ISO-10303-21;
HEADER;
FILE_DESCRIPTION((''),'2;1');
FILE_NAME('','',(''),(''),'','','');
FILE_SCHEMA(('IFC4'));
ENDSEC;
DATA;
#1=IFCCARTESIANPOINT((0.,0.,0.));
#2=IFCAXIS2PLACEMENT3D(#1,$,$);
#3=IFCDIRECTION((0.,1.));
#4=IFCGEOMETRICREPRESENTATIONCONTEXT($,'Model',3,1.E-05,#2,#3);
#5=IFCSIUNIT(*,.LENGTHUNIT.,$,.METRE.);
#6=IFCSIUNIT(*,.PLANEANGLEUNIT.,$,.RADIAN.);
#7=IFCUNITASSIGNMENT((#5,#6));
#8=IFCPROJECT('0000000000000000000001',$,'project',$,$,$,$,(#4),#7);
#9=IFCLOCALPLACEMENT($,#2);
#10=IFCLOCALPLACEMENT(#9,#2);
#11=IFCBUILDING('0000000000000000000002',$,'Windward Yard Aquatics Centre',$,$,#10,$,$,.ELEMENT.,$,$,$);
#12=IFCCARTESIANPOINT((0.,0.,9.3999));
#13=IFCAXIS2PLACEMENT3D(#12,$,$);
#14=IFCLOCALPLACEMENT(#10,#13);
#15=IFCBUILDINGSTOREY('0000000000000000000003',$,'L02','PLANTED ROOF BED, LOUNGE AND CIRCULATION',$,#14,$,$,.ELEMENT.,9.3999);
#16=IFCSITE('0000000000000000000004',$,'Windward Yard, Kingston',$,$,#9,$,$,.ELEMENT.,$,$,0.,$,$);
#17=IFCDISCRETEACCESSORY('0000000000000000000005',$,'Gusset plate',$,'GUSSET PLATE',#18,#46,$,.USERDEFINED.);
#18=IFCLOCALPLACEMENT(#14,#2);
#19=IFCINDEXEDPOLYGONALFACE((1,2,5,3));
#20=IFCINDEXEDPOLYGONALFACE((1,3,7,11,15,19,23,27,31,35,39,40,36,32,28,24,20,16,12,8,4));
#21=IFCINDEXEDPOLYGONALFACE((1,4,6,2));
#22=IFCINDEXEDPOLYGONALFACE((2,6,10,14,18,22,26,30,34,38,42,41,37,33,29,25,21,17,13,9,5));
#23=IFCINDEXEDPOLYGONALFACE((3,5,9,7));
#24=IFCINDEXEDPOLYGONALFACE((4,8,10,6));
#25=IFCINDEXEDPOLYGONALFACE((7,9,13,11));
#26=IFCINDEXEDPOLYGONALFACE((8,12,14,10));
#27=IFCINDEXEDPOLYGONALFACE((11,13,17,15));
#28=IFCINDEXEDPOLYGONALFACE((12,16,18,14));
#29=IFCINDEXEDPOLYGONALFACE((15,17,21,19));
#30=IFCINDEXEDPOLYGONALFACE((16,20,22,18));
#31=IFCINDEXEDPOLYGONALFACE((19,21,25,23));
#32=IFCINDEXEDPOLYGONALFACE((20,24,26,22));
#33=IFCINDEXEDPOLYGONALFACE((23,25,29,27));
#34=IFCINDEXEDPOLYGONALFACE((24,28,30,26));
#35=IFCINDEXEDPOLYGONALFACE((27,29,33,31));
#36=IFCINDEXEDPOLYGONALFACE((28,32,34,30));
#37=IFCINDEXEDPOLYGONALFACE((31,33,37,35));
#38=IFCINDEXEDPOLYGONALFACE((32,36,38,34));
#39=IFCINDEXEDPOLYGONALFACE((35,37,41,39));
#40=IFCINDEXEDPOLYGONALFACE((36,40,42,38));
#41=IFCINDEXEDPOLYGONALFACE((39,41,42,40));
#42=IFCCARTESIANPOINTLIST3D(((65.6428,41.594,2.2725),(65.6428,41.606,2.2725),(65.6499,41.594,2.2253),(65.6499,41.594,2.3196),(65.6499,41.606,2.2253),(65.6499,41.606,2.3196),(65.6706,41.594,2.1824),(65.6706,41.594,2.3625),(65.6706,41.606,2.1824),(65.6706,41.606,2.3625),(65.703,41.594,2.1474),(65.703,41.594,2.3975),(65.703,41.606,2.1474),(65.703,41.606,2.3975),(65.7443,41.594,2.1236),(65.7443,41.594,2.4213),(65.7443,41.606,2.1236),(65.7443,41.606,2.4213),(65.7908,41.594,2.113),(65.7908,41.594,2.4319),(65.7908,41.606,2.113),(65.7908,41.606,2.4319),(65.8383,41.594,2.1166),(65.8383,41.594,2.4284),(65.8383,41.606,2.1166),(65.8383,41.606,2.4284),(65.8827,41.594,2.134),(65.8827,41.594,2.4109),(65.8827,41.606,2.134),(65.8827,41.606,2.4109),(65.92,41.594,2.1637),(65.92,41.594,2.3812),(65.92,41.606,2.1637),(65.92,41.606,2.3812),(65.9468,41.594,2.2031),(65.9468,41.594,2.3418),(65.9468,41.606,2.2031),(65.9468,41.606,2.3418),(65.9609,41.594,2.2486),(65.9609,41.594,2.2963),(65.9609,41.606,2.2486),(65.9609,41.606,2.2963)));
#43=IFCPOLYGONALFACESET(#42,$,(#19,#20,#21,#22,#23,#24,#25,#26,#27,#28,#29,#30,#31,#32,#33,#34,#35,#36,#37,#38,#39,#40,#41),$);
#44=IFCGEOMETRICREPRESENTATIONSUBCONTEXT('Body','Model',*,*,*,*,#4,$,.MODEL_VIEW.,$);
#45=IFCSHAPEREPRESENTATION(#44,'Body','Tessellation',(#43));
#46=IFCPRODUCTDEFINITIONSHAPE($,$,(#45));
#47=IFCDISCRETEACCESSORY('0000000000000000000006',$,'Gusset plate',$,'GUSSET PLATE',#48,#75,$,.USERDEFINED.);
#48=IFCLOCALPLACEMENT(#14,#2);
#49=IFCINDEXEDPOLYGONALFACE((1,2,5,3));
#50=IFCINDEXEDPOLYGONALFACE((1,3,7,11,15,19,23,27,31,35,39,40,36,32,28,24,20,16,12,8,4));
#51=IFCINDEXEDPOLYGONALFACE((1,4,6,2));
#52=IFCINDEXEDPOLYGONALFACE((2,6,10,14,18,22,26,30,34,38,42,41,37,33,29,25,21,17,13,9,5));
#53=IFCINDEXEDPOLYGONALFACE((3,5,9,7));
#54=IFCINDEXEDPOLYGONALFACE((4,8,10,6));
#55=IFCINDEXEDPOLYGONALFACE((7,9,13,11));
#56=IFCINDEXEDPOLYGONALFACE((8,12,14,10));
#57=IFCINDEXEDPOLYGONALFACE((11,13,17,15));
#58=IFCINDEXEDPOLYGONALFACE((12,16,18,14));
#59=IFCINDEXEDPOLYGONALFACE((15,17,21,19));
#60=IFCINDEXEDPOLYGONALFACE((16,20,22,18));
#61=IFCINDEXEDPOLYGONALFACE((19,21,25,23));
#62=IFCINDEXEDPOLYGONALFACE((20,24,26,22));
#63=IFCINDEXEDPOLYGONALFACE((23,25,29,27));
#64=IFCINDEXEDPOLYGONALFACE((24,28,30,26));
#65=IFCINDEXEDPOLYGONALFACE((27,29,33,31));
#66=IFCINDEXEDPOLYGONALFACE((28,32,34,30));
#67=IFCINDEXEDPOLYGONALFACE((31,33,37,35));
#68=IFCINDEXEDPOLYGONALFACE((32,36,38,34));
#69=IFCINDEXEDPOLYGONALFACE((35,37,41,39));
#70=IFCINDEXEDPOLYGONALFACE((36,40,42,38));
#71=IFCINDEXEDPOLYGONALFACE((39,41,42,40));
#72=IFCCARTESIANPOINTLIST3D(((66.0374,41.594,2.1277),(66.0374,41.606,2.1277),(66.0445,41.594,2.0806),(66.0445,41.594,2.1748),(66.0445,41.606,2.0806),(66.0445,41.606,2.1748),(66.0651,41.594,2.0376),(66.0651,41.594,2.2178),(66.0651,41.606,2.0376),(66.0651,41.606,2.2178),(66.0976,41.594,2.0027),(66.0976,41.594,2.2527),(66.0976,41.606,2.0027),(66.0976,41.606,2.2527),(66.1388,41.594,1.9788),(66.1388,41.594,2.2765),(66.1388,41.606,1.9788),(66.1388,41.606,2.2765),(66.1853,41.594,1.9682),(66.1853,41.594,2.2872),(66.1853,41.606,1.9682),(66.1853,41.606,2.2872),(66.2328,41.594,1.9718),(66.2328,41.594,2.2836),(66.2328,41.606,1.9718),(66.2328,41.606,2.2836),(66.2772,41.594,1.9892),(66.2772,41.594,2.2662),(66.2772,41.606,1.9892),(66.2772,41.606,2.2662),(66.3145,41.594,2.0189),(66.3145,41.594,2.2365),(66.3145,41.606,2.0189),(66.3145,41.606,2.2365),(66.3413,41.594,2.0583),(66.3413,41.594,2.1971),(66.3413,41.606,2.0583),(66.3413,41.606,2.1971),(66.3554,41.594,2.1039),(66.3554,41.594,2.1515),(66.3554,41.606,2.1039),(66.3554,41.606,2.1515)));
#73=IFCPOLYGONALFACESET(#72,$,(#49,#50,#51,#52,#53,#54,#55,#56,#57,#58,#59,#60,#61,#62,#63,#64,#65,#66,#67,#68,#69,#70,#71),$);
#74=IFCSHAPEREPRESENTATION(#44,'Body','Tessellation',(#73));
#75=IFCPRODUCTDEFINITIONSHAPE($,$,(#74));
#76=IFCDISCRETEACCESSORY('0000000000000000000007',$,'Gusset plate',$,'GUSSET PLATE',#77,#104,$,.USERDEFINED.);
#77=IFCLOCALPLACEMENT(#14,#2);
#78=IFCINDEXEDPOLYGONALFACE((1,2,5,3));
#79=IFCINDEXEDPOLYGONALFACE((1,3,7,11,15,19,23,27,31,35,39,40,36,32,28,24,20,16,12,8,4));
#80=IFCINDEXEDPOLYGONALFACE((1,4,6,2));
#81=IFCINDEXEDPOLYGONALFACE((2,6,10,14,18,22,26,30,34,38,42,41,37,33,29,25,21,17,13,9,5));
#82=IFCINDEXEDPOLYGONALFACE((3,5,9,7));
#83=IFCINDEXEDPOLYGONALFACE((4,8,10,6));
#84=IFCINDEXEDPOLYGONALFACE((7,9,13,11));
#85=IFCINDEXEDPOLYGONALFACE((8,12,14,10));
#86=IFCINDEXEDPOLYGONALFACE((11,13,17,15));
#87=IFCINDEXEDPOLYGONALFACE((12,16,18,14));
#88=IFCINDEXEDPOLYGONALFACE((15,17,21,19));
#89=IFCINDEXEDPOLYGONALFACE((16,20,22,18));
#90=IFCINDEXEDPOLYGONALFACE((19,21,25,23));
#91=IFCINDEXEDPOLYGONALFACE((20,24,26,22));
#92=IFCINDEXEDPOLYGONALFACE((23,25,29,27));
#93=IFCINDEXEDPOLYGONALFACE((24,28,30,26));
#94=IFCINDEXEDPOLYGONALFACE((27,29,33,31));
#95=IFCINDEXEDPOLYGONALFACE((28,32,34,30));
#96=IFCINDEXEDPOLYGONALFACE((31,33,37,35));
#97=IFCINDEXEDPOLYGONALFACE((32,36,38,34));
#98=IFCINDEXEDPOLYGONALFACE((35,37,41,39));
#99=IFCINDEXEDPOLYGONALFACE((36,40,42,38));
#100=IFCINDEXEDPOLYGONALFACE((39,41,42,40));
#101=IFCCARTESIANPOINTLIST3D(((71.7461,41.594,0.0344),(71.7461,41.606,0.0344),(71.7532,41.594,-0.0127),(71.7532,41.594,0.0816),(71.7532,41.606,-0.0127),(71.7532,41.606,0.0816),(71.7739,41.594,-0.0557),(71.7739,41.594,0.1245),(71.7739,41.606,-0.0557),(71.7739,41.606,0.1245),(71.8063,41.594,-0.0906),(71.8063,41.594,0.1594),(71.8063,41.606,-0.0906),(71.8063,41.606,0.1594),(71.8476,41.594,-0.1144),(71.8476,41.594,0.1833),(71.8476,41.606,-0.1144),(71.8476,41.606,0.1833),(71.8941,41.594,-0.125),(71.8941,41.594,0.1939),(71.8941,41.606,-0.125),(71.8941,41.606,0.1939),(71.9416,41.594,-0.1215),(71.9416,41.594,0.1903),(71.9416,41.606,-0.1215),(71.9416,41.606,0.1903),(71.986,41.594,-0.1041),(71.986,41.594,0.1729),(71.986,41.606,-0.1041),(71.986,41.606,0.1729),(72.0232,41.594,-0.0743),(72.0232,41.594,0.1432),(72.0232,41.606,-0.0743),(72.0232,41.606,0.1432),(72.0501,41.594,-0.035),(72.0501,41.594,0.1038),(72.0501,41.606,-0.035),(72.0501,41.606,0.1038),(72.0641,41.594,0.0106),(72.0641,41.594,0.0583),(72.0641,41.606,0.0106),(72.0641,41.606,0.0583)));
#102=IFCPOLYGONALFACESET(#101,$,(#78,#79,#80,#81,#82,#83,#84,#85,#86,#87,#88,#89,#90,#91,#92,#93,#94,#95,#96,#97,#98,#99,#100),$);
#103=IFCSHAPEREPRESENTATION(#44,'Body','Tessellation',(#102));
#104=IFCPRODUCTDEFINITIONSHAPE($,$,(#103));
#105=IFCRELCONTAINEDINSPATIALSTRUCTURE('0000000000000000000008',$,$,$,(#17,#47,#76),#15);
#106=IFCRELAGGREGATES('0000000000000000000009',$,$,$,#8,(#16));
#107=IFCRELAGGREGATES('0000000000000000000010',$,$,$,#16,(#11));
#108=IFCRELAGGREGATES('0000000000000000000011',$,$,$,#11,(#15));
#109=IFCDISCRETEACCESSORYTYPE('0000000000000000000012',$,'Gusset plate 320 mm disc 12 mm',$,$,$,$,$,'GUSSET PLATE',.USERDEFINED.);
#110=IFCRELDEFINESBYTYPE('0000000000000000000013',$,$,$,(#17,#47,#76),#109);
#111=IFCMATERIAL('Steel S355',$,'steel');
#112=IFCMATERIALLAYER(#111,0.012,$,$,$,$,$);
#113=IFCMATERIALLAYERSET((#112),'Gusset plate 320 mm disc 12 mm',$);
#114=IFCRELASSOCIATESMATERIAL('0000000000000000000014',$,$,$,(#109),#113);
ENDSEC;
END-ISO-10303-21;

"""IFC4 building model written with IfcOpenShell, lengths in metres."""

from ifc_helpers import new_model, si_unit, direction, frame, origin, origin_2d, place, context, subcontext, project, spatial, circle, extrude, material, layer, layer_set, type_object, element, save


model = new_model("IFC4")

# Units and contexts
model_context = context("Model", 3, precision=1e-05, world=origin(), true_north=direction((0.0, 1.0)))
body_context = subcontext(model_context, "Body", "Model", "MODEL_VIEW")
ifc_project = project(units=[si_unit("LENGTHUNIT", "METRE"), si_unit("PLANEANGLEUNIT", "RADIAN")], contexts=[model_context])

# Site, building, storey
site_placement = place(None, origin())
site = spatial("IfcSite", under=ifc_project, at=site_placement, Name="Windward Yard, Kingston", CompositionType="ELEMENT", RefElevation=0.0)
building_placement = place(site_placement, origin())
building = spatial("IfcBuilding", under=site, at=building_placement, Name="Windward Yard Aquatics Centre", CompositionType="ELEMENT")
storey_placement = place(building_placement, frame((0.0, 0.0, 9.3999)))
storey = spatial("IfcBuildingStorey", under=building, at=storey_placement, Name="L02", Description="PLANTED ROOF BED, LOUNGE AND CIRCULATION", CompositionType="ELEMENT", Elevation=9.3999)

# Discrete accessories
ifc_material_1 = material(Name="Steel S355", Category="steel")
ifc_layer_1 = layer(ifc_material_1, 0.012)
ifc_layer_set_1 = layer_set([ifc_layer_1], Name="Gusset plate 320 mm disc 12 mm")
discrete_accessory_type = type_object("IfcDiscreteAccessoryType", Name="Gusset plate 320 mm disc 12 mm", ElementType="GUSSET PLATE", PredefinedType="USERDEFINED", material=ifc_layer_set_1)
for number, where, z_axis, x_axis, name in (
    (1, (65.8027, 41.594, 2.2725), (0.0, 1.0, 0.0), (-1.0, 0.0, 0.0), "Gusset plate"),
    (2, (66.1973, 41.594, 2.1277), (0.0, 1.0, 0.0), (-1.0, 0.0, 0.0), "Gusset plate"),
    (3, (71.906, 41.594, 0.0344), (0.0, 1.0, 0.0), (-1.0, 0.0, 0.0), "Gusset plate"),
):
    element("IfcDiscreteAccessory", number, at=place(storey_placement, frame(where, z_axis=z_axis, x_axis=x_axis)), inside=storey, type_object=discrete_accessory_type, Name=name, ObjectType="GUSSET PLATE", PredefinedType="USERDEFINED", context=body_context, shape_type="SweptSolid", body=[
        extrude(circle(Radius=0.1599, at=origin_2d()), origin(), (0.0, 0.0, 1.0), 0.012),
    ])

save(model, "model.ifc")
